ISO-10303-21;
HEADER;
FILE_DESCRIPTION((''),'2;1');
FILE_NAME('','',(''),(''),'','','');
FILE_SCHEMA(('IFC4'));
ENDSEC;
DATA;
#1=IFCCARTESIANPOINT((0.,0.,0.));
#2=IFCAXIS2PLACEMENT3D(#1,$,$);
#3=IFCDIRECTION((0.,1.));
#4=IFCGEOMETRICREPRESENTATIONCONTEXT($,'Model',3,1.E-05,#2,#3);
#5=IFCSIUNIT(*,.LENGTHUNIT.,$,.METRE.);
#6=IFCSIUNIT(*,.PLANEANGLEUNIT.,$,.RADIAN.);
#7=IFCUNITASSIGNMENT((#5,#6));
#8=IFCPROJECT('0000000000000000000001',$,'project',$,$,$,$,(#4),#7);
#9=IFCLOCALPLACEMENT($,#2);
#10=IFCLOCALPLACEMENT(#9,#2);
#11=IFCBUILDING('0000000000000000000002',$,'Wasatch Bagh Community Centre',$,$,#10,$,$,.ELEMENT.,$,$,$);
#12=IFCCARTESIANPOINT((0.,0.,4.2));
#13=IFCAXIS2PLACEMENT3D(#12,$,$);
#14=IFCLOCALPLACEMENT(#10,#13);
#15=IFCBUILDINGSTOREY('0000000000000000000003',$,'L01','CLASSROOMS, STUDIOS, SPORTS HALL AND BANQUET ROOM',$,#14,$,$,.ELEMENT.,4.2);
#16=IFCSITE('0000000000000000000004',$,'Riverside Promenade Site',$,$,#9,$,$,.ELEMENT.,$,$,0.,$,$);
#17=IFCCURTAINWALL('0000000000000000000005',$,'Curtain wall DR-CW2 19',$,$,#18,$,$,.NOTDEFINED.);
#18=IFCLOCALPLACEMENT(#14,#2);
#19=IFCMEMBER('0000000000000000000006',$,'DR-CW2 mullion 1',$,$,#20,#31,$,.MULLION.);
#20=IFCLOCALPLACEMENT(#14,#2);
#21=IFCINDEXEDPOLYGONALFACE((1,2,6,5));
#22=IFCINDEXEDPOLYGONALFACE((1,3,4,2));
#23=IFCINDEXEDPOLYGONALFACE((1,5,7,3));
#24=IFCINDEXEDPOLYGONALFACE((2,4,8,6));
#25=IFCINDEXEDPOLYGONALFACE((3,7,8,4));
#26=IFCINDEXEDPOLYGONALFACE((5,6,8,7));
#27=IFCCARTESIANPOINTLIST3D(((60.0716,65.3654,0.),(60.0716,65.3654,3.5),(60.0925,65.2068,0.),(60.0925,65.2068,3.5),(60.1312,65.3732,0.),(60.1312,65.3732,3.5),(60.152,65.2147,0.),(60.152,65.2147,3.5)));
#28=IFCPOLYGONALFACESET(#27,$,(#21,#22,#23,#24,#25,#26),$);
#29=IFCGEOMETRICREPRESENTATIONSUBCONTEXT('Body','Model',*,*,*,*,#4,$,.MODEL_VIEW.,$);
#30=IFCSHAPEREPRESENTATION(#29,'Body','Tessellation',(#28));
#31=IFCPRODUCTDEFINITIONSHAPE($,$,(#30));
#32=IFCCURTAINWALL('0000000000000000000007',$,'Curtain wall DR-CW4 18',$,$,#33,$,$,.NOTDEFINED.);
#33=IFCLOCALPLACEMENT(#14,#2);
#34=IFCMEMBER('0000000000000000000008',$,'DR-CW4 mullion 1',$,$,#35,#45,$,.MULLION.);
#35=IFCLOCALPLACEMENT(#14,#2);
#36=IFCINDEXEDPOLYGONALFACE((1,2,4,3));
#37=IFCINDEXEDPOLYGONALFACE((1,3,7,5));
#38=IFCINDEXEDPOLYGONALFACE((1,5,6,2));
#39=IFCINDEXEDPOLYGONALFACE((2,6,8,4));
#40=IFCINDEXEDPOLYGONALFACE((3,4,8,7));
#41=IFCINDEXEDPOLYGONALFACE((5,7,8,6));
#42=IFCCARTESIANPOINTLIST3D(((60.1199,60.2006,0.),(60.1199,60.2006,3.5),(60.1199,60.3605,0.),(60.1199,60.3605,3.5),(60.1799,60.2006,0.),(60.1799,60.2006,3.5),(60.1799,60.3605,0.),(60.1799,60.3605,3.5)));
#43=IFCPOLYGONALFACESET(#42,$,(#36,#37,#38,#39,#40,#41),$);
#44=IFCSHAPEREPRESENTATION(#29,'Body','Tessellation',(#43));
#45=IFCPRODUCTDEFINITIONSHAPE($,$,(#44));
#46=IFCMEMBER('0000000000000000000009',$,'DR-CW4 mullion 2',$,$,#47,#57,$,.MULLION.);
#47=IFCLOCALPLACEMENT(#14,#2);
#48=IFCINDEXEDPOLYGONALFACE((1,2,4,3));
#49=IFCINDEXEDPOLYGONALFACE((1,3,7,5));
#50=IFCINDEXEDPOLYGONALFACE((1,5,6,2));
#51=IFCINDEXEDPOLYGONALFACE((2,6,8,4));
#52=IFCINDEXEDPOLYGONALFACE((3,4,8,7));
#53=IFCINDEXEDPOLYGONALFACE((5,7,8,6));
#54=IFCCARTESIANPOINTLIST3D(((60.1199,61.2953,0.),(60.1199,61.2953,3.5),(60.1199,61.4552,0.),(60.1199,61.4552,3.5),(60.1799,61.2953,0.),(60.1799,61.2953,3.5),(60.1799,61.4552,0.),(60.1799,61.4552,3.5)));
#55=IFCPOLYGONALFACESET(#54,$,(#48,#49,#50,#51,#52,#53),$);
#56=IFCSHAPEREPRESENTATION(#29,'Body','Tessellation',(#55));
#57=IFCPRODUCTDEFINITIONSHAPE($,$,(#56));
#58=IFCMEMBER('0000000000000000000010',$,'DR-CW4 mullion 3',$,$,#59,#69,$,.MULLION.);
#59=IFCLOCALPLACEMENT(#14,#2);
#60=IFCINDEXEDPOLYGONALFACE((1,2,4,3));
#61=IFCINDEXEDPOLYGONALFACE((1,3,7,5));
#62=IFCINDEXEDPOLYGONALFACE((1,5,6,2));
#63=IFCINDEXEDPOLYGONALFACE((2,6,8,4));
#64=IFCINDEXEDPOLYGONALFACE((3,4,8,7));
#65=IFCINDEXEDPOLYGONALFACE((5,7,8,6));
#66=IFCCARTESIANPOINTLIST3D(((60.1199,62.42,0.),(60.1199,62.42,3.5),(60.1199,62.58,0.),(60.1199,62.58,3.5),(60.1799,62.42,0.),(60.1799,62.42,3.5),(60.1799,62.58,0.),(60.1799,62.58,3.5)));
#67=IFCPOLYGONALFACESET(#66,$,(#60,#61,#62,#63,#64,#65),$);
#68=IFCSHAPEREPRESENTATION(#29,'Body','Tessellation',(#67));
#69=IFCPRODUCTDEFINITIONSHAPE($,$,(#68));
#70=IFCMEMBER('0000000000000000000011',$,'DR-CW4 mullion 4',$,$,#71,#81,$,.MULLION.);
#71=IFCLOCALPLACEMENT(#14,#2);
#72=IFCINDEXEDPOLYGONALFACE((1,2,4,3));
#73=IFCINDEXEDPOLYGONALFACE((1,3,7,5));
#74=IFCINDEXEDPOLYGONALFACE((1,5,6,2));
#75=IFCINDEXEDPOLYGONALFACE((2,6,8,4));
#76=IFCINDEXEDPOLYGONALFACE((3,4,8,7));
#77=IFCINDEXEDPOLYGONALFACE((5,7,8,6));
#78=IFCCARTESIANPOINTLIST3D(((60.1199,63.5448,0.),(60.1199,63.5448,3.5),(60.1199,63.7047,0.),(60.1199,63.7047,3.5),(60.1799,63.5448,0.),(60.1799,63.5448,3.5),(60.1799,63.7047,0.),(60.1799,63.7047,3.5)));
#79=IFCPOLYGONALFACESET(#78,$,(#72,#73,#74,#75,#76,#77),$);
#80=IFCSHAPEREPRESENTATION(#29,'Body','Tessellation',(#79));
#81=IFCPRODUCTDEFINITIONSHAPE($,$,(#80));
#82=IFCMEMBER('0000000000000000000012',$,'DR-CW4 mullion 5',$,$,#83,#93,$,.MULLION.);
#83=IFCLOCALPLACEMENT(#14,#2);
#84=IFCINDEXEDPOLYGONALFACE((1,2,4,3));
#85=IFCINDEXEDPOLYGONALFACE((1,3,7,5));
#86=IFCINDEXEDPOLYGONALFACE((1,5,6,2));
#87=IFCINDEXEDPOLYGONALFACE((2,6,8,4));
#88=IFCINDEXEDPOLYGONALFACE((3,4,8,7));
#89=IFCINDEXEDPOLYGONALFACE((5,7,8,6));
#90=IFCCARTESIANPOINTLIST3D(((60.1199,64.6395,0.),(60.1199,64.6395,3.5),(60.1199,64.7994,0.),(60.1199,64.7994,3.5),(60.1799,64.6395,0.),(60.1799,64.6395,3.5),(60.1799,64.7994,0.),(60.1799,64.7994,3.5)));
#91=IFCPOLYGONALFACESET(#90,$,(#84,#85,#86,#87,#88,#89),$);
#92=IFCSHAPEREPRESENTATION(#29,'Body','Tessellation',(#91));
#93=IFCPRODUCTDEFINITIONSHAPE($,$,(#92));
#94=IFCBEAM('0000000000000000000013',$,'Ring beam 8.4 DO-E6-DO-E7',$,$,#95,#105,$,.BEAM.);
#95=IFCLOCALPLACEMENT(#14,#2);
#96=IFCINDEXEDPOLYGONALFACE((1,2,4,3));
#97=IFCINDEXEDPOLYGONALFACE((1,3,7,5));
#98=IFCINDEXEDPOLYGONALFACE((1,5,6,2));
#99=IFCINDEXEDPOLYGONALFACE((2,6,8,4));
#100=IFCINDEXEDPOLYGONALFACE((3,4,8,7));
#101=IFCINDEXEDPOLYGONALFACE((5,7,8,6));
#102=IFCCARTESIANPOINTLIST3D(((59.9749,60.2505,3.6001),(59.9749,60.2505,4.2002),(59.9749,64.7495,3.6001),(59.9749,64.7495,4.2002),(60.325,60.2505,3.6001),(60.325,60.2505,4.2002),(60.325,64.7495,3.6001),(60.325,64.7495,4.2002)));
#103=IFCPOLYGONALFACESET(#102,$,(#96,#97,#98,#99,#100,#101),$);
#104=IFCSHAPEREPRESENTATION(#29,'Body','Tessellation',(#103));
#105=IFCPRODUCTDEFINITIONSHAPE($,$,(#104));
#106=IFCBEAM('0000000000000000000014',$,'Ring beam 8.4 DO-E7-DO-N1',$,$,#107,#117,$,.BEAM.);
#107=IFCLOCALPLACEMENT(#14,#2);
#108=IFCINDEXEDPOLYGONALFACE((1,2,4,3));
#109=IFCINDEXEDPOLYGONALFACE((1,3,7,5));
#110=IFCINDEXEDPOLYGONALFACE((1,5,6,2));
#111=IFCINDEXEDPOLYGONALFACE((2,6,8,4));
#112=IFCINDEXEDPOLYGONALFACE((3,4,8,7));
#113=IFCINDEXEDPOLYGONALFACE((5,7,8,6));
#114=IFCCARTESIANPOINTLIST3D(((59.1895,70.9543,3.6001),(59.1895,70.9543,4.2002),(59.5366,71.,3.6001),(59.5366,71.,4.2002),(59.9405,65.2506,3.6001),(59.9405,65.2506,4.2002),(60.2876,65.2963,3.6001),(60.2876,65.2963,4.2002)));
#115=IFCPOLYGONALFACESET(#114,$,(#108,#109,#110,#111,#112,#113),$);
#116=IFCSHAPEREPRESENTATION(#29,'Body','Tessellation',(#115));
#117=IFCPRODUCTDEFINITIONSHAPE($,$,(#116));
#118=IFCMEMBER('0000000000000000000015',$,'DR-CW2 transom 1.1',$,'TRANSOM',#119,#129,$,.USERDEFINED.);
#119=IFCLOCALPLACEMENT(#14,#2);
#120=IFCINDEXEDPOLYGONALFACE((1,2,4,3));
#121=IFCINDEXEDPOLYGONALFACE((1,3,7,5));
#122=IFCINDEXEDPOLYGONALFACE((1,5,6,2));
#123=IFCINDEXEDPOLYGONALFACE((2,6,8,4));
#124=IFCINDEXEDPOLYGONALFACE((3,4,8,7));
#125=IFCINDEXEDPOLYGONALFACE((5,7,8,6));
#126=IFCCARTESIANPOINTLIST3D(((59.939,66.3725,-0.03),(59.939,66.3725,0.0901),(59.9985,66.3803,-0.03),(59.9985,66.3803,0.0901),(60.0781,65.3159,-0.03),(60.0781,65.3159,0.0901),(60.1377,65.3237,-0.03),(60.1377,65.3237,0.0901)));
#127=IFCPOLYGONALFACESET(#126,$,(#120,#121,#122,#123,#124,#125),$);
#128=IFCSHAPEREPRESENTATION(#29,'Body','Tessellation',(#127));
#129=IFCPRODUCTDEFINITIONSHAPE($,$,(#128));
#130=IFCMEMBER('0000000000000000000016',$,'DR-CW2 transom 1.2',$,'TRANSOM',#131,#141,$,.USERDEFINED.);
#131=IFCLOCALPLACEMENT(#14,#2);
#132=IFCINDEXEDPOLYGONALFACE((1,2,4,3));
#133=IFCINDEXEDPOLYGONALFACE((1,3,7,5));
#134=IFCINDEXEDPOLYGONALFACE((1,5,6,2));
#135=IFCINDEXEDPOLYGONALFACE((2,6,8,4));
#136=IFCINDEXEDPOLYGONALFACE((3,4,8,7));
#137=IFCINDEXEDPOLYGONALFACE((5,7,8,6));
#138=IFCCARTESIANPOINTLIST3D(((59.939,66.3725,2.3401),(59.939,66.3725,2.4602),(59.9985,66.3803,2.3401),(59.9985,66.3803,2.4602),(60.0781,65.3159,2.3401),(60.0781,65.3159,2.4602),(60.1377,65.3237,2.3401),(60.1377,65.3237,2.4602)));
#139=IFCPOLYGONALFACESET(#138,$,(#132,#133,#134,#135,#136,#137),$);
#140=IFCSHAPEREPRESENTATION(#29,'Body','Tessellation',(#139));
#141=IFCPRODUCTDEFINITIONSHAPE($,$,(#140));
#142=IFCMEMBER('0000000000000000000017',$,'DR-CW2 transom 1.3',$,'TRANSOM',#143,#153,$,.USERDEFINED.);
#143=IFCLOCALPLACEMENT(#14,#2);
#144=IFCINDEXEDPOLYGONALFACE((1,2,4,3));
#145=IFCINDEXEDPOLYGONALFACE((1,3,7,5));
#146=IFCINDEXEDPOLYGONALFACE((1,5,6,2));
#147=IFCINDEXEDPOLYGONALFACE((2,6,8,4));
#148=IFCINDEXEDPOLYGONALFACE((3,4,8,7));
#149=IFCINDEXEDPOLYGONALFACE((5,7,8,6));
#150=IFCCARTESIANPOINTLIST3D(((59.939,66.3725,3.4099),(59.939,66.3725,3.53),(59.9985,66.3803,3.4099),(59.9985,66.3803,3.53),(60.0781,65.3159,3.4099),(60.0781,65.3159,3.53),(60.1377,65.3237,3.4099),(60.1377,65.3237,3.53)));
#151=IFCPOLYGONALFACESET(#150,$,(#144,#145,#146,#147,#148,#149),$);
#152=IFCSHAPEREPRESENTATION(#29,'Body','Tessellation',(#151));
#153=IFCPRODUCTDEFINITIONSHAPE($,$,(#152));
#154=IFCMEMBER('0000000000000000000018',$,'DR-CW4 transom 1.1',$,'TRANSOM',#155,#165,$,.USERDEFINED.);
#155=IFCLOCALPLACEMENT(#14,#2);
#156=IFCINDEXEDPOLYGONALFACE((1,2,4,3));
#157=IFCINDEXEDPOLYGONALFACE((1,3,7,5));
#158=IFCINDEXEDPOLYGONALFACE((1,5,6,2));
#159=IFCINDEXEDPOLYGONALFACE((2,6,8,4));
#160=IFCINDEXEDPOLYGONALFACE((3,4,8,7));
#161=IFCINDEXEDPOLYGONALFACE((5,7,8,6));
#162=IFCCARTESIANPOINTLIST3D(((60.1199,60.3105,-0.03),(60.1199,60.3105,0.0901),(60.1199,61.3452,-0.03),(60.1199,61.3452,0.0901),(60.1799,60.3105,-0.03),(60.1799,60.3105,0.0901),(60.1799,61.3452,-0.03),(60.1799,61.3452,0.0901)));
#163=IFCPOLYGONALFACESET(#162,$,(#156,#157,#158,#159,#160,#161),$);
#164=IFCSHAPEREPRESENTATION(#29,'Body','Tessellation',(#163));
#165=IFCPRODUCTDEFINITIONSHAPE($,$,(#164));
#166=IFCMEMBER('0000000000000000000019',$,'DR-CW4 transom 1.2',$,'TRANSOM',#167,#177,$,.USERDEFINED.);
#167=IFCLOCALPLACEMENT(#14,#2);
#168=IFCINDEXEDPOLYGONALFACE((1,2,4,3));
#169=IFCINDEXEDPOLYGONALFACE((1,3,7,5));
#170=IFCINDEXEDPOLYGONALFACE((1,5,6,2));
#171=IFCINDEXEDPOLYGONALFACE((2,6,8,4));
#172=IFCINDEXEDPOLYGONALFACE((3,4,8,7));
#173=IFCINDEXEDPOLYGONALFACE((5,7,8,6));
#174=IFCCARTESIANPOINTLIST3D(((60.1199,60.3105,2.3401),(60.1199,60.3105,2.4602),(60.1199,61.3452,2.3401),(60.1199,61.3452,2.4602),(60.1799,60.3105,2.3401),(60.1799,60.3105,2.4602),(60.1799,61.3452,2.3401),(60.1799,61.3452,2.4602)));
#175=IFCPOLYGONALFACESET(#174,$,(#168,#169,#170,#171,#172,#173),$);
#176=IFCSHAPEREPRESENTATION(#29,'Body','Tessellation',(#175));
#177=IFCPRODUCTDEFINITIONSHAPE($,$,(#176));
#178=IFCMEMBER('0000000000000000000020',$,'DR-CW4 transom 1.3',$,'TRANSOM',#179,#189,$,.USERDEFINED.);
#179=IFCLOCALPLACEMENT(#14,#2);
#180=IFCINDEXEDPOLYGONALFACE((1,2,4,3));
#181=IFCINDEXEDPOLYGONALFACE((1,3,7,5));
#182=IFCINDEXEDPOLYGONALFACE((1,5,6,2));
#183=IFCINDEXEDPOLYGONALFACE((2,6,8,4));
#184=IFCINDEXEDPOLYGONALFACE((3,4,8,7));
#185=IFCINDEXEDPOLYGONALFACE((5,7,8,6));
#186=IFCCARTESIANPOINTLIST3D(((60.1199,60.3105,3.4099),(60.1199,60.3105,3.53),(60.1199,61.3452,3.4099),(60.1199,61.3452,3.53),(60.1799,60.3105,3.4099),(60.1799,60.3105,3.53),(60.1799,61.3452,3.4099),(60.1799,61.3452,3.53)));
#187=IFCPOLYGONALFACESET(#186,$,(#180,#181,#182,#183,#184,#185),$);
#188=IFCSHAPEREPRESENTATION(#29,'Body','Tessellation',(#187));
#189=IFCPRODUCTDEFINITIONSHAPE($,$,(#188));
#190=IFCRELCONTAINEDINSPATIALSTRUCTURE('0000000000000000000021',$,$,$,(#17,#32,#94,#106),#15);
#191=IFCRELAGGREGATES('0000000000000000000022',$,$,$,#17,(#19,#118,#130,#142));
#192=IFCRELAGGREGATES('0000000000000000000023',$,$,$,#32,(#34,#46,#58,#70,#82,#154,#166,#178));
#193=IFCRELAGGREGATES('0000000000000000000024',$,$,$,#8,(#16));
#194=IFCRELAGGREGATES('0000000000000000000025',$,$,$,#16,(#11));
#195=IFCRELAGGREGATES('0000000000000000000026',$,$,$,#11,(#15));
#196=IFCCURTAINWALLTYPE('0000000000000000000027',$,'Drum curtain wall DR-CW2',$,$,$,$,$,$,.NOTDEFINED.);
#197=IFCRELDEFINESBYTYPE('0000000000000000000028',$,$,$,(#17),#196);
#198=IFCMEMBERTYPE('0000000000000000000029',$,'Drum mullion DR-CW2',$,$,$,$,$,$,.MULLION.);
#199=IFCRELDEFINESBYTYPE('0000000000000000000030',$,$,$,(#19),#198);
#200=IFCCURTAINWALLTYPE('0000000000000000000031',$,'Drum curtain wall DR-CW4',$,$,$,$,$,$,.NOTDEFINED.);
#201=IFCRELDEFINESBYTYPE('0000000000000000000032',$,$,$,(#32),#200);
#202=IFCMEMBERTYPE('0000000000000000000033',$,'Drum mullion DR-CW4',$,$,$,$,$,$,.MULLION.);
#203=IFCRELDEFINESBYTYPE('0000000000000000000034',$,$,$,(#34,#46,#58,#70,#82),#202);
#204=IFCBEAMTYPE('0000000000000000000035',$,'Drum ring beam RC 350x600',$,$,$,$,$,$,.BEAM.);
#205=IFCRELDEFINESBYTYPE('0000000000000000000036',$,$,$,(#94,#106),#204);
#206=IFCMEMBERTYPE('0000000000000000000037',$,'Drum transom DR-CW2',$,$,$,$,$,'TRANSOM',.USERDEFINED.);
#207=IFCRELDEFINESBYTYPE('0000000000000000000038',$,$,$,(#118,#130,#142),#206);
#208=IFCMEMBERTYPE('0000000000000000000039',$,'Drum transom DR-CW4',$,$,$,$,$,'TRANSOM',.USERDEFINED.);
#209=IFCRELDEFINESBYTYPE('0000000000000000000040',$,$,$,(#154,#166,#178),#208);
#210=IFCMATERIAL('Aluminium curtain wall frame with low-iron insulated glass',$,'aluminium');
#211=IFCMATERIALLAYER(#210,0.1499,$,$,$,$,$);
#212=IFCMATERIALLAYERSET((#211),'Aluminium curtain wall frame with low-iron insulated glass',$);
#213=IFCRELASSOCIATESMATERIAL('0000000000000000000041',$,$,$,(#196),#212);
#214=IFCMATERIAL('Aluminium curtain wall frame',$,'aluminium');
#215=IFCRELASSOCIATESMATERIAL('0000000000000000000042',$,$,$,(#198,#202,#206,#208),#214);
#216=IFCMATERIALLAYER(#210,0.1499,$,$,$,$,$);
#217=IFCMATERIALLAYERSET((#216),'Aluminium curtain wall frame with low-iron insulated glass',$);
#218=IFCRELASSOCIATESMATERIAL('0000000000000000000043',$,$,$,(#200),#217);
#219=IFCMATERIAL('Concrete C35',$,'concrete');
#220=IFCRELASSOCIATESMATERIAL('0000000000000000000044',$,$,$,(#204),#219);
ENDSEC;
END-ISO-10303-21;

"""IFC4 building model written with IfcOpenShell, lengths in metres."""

from ifc_helpers import new_model, si_unit, direction, frame, origin, origin_2d, place, context, subcontext, project, spatial, rectangle, extrude, material, layer, layer_set, material_profile, profile_set, type_object, element, aggregate, save


model = new_model("IFC4")

# Units and contexts
model_context = context("Model", 3, precision=1e-05, world=origin(), true_north=direction((0.0, 1.0)))
body_context = subcontext(model_context, "Body", "Model", "MODEL_VIEW")
ifc_project = project(units=[si_unit("LENGTHUNIT", "METRE"), si_unit("PLANEANGLEUNIT", "RADIAN")], contexts=[model_context])

# Site, building, storey
site_placement = place(None, origin())
site = spatial("IfcSite", under=ifc_project, at=site_placement, Name="Riverside Promenade Site", CompositionType="ELEMENT", RefElevation=0.0)
building_placement = place(site_placement, origin())
building = spatial("IfcBuilding", under=site, at=building_placement, Name="Wasatch Bagh Community Centre", CompositionType="ELEMENT")
storey_placement = place(building_placement, frame((0.0, 0.0, 4.2)))
storey = spatial("IfcBuildingStorey", under=building, at=storey_placement, Name="L01", Description="CLASSROOMS, STUDIOS, SPORTS HALL AND BANQUET ROOM", CompositionType="ELEMENT", Elevation=4.2)

# Curtain wall, member
ifc_material_1 = material(Name="Aluminium curtain wall frame with low-iron insulated glass", Category="aluminium")
ifc_layer_1 = layer(ifc_material_1, 0.1499)
ifc_layer_set_1 = layer_set([ifc_layer_1], Name="Aluminium curtain wall frame with low-iron insulated glass")
curtain_wall_type_1 = type_object("IfcCurtainWallType", Name="Drum curtain wall DR-CW2", PredefinedType="NOTDEFINED", material=ifc_layer_set_1)
curtain_wall_1_placement = place(storey_placement, origin())
curtain_wall_1 = element("IfcCurtainWall", 1, at=curtain_wall_1_placement, inside=storey, type_object=curtain_wall_type_1, Name="Curtain wall DR-CW2 19", PredefinedType="NOTDEFINED")
ifc_material_2 = material(Name="Aluminium curtain wall frame", Category="aluminium")
ifc_material_profile_1 = material_profile(ifc_material_2, rectangle(XDim=0.0601, YDim=0.1599, at=origin_2d()), Name="Drum mullion DR-CW2")
ifc_profile_set_1 = profile_set([ifc_material_profile_1], Name="Aluminium curtain wall frame")
member_type_1 = type_object("IfcMemberType", Name="Drum mullion DR-CW2", PredefinedType="MULLION", material=ifc_profile_set_1)
member_1_placement = place(storey_placement, frame((60.1118, 65.29, 0.0), z_axis=(0.0, 0.0, 1.0), x_axis=(-0.991445, -0.130526, 0.0)))
member_1 = element("IfcMember", 2, at=member_1_placement, type_object=member_type_1, Name="DR-CW2 mullion 1", PredefinedType="MULLION", context=body_context, shape_type="SweptSolid", body=[
    extrude(rectangle(XDim=0.0601, YDim=0.1599, at=origin_2d()), origin(), (0.0, 0.0, 1.0), 3.5),
])

# Curtain wall, members
ifc_layer_2 = layer(ifc_material_1, 0.1499)
ifc_layer_set_2 = layer_set([ifc_layer_2], Name="Aluminium curtain wall frame with low-iron insulated glass")
curtain_wall_type_2 = type_object("IfcCurtainWallType", Name="Drum curtain wall DR-CW4", PredefinedType="NOTDEFINED", material=ifc_layer_set_2)
curtain_wall_2_placement = place(storey_placement, origin())
curtain_wall_2 = element("IfcCurtainWall", 3, at=curtain_wall_2_placement, inside=storey, type_object=curtain_wall_type_2, Name="Curtain wall DR-CW4 18", PredefinedType="NOTDEFINED")
ifc_material_profile_2 = material_profile(ifc_material_2, rectangle(XDim=0.0601, YDim=0.1599, at=origin_2d()), Name="Drum mullion DR-CW4")
ifc_profile_set_2 = profile_set([ifc_material_profile_2], Name="Aluminium curtain wall frame")
member_type_2 = type_object("IfcMemberType", Name="Drum mullion DR-CW4", PredefinedType="MULLION", material=ifc_profile_set_2)
member_2_placement = place(storey_placement, frame((60.1499, 60.2805, 0.0), z_axis=(0.0, 0.0, 1.0), x_axis=(-1.0, 0.0, 0.0)))
member_2 = element("IfcMember", 4, at=member_2_placement, type_object=member_type_2, Name="DR-CW4 mullion 1", PredefinedType="MULLION", context=body_context, shape_type="SweptSolid", body=[
    extrude(rectangle(XDim=0.0601, YDim=0.1599, at=origin_2d()), origin(), (0.0, 0.0, 1.0), 3.5),
])
member_3_placement = place(storey_placement, frame((60.1499, 61.3752, 0.0), z_axis=(0.0, 0.0, 1.0), x_axis=(-1.0, 0.0, 0.0)))
member_3 = element("IfcMember", 5, at=member_3_placement, type_object=member_type_2, Name="DR-CW4 mullion 2", PredefinedType="MULLION", context=body_context, shape_type="SweptSolid", body=[
    extrude(rectangle(XDim=0.0601, YDim=0.1599, at=origin_2d()), origin(), (0.0, 0.0, 1.0), 3.5),
])
member_4_placement = place(storey_placement, frame((60.1499, 62.5, 0.0), z_axis=(0.0, 0.0, 1.0), x_axis=(-1.0, 0.0, 0.0)))
member_4 = element("IfcMember", 6, at=member_4_placement, type_object=member_type_2, Name="DR-CW4 mullion 3", PredefinedType="MULLION", context=body_context, shape_type="SweptSolid", body=[
    extrude(rectangle(XDim=0.0601, YDim=0.1599, at=origin_2d()), origin(), (0.0, 0.0, 1.0), 3.5),
])
member_5_placement = place(storey_placement, frame((60.1499, 63.6248, 0.0), z_axis=(0.0, 0.0, 1.0), x_axis=(-1.0, 0.0, 0.0)))
member_5 = element("IfcMember", 7, at=member_5_placement, type_object=member_type_2, Name="DR-CW4 mullion 4", PredefinedType="MULLION", context=body_context, shape_type="SweptSolid", body=[
    extrude(rectangle(XDim=0.0601, YDim=0.1599, at=origin_2d()), origin(), (0.0, 0.0, 1.0), 3.5),
])
member_6_placement = place(storey_placement, frame((60.1499, 64.7195, 0.0), z_axis=(0.0, 0.0, 1.0), x_axis=(-1.0, 0.0, 0.0)))
member_6 = element("IfcMember", 8, at=member_6_placement, type_object=member_type_2, Name="DR-CW4 mullion 5", PredefinedType="MULLION", context=body_context, shape_type="SweptSolid", body=[
    extrude(rectangle(XDim=0.0601, YDim=0.1599, at=origin_2d()), origin(), (0.0, 0.0, 1.0), 3.5),
])

# Beams
ifc_material_3 = material(Name="Concrete C35", Category="concrete")
ifc_material_profile_3 = material_profile(ifc_material_3, rectangle(XDim=0.3501, YDim=0.6001, at=origin_2d()), Name="RC 350x600")
ifc_profile_set_3 = profile_set([ifc_material_profile_3], Name="Concrete C35")
beam_type = type_object("IfcBeamType", Name="Drum ring beam RC 350x600", PredefinedType="BEAM", material=ifc_profile_set_3)
beam_1_placement = place(storey_placement, frame((60.1499, 60.2505, 3.9001), z_axis=(0.0, 1.0, 0.0), x_axis=(-1.0, 0.0, 0.0)))
element("IfcBeam", 9, at=beam_1_placement, inside=storey, type_object=beam_type, Name="Ring beam 8.4 DO-E6-DO-E7", PredefinedType="BEAM", context=body_context, shape_type="SweptSolid", body=[
    extrude(rectangle(XDim=0.3501, YDim=0.6001, at=origin_2d()), origin(), (0.0, 0.0, 1.0), 4.499),
])
beam_2_placement = place(storey_placement, frame((60.114, 65.2734, 3.9001), z_axis=(-0.13054, 0.991443, 0.0), x_axis=(-0.991443, -0.13054, 0.0)))
element("IfcBeam", 10, at=beam_2_placement, inside=storey, type_object=beam_type, Name="Ring beam 8.4 DO-E7-DO-N1", PredefinedType="BEAM", context=body_context, shape_type="SweptSolid", body=[
    extrude(rectangle(XDim=0.3501, YDim=0.6001, at=origin_2d()), origin(), (0.0, 0.0, 1.0), 5.7529),
])

# Members
ifc_material_profile_4 = material_profile(ifc_material_2, rectangle(XDim=0.0601, YDim=0.1201, at=origin_2d()), Name="Drum transom DR-CW2")
ifc_profile_set_4 = profile_set([ifc_material_profile_4], Name="Aluminium curtain wall frame")
member_type_3 = type_object("IfcMemberType", Name="Drum transom DR-CW2", ElementType="TRANSOM", PredefinedType="USERDEFINED", material=ifc_profile_set_4)
member_7_placement = place(storey_placement, frame((60.1079, 65.3198, 0.03), z_axis=(-0.130573, 0.991439, 0.0), x_axis=(-0.991439, -0.130573, 0.0)))
member_7 = element("IfcMember", 11, at=member_7_placement, type_object=member_type_3, Name="DR-CW2 transom 1.1", ObjectType="TRANSOM", PredefinedType="USERDEFINED", context=body_context, shape_type="SweptSolid", body=[
    extrude(rectangle(XDim=0.0601, YDim=0.1201, at=origin_2d()), origin(), (0.0, 0.0, 1.0), 1.0657),
])
member_8_placement = place(storey_placement, frame((60.1079, 65.3198, 2.4001), z_axis=(-0.130573, 0.991439, 0.0), x_axis=(-0.991439, -0.130573, 0.0)))
member_8 = element("IfcMember", 12, at=member_8_placement, type_object=member_type_3, Name="DR-CW2 transom 1.2", ObjectType="TRANSOM", PredefinedType="USERDEFINED", context=body_context, shape_type="SweptSolid", body=[
    extrude(rectangle(XDim=0.0601, YDim=0.1201, at=origin_2d()), origin(), (0.0, 0.0, 1.0), 1.0657),
])
member_9_placement = place(storey_placement, frame((60.1079, 65.3198, 3.47), z_axis=(-0.130573, 0.991439, 0.0), x_axis=(-0.991439, -0.130573, 0.0)))
member_9 = element("IfcMember", 13, at=member_9_placement, type_object=member_type_3, Name="DR-CW2 transom 1.3", ObjectType="TRANSOM", PredefinedType="USERDEFINED", context=body_context, shape_type="SweptSolid", body=[
    extrude(rectangle(XDim=0.0601, YDim=0.1201, at=origin_2d()), origin(), (0.0, 0.0, 1.0), 1.0657),
])
aggregate(curtain_wall_1, [member_1, member_7, member_8, member_9])
ifc_material_profile_5 = material_profile(ifc_material_2, rectangle(XDim=0.0601, YDim=0.1201, at=origin_2d()), Name="Drum transom DR-CW4")
ifc_profile_set_5 = profile_set([ifc_material_profile_5], Name="Aluminium curtain wall frame")
member_type_4 = type_object("IfcMemberType", Name="Drum transom DR-CW4", ElementType="TRANSOM", PredefinedType="USERDEFINED", material=ifc_profile_set_5)
member_10_placement = place(storey_placement, frame((60.1499, 60.3105, 0.03), z_axis=(0.0, 1.0, 0.0), x_axis=(-1.0, 0.0, 0.0)))
member_10 = element("IfcMember", 14, at=member_10_placement, type_object=member_type_4, Name="DR-CW4 transom 1.1", ObjectType="TRANSOM", PredefinedType="USERDEFINED", context=body_context, shape_type="SweptSolid", body=[
    extrude(rectangle(XDim=0.0601, YDim=0.1201, at=origin_2d()), origin(), (0.0, 0.0, 1.0), 1.0347),
])
member_11_placement = place(storey_placement, frame((60.1499, 60.3105, 2.4001), z_axis=(0.0, 1.0, 0.0), x_axis=(-1.0, 0.0, 0.0)))
member_11 = element("IfcMember", 15, at=member_11_placement, type_object=member_type_4, Name="DR-CW4 transom 1.2", ObjectType="TRANSOM", PredefinedType="USERDEFINED", context=body_context, shape_type="SweptSolid", body=[
    extrude(rectangle(XDim=0.0601, YDim=0.1201, at=origin_2d()), origin(), (0.0, 0.0, 1.0), 1.0347),
])
member_12_placement = place(storey_placement, frame((60.1499, 60.3105, 3.47), z_axis=(0.0, 1.0, 0.0), x_axis=(-1.0, 0.0, 0.0)))
member_12 = element("IfcMember", 16, at=member_12_placement, type_object=member_type_4, Name="DR-CW4 transom 1.3", ObjectType="TRANSOM", PredefinedType="USERDEFINED", context=body_context, shape_type="SweptSolid", body=[
    extrude(rectangle(XDim=0.0601, YDim=0.1201, at=origin_2d()), origin(), (0.0, 0.0, 1.0), 1.0347),
])

aggregate(curtain_wall_2, [member_2, member_3, member_4, member_5, member_6, member_10, member_11, member_12])

save(model, "model.ifc")
